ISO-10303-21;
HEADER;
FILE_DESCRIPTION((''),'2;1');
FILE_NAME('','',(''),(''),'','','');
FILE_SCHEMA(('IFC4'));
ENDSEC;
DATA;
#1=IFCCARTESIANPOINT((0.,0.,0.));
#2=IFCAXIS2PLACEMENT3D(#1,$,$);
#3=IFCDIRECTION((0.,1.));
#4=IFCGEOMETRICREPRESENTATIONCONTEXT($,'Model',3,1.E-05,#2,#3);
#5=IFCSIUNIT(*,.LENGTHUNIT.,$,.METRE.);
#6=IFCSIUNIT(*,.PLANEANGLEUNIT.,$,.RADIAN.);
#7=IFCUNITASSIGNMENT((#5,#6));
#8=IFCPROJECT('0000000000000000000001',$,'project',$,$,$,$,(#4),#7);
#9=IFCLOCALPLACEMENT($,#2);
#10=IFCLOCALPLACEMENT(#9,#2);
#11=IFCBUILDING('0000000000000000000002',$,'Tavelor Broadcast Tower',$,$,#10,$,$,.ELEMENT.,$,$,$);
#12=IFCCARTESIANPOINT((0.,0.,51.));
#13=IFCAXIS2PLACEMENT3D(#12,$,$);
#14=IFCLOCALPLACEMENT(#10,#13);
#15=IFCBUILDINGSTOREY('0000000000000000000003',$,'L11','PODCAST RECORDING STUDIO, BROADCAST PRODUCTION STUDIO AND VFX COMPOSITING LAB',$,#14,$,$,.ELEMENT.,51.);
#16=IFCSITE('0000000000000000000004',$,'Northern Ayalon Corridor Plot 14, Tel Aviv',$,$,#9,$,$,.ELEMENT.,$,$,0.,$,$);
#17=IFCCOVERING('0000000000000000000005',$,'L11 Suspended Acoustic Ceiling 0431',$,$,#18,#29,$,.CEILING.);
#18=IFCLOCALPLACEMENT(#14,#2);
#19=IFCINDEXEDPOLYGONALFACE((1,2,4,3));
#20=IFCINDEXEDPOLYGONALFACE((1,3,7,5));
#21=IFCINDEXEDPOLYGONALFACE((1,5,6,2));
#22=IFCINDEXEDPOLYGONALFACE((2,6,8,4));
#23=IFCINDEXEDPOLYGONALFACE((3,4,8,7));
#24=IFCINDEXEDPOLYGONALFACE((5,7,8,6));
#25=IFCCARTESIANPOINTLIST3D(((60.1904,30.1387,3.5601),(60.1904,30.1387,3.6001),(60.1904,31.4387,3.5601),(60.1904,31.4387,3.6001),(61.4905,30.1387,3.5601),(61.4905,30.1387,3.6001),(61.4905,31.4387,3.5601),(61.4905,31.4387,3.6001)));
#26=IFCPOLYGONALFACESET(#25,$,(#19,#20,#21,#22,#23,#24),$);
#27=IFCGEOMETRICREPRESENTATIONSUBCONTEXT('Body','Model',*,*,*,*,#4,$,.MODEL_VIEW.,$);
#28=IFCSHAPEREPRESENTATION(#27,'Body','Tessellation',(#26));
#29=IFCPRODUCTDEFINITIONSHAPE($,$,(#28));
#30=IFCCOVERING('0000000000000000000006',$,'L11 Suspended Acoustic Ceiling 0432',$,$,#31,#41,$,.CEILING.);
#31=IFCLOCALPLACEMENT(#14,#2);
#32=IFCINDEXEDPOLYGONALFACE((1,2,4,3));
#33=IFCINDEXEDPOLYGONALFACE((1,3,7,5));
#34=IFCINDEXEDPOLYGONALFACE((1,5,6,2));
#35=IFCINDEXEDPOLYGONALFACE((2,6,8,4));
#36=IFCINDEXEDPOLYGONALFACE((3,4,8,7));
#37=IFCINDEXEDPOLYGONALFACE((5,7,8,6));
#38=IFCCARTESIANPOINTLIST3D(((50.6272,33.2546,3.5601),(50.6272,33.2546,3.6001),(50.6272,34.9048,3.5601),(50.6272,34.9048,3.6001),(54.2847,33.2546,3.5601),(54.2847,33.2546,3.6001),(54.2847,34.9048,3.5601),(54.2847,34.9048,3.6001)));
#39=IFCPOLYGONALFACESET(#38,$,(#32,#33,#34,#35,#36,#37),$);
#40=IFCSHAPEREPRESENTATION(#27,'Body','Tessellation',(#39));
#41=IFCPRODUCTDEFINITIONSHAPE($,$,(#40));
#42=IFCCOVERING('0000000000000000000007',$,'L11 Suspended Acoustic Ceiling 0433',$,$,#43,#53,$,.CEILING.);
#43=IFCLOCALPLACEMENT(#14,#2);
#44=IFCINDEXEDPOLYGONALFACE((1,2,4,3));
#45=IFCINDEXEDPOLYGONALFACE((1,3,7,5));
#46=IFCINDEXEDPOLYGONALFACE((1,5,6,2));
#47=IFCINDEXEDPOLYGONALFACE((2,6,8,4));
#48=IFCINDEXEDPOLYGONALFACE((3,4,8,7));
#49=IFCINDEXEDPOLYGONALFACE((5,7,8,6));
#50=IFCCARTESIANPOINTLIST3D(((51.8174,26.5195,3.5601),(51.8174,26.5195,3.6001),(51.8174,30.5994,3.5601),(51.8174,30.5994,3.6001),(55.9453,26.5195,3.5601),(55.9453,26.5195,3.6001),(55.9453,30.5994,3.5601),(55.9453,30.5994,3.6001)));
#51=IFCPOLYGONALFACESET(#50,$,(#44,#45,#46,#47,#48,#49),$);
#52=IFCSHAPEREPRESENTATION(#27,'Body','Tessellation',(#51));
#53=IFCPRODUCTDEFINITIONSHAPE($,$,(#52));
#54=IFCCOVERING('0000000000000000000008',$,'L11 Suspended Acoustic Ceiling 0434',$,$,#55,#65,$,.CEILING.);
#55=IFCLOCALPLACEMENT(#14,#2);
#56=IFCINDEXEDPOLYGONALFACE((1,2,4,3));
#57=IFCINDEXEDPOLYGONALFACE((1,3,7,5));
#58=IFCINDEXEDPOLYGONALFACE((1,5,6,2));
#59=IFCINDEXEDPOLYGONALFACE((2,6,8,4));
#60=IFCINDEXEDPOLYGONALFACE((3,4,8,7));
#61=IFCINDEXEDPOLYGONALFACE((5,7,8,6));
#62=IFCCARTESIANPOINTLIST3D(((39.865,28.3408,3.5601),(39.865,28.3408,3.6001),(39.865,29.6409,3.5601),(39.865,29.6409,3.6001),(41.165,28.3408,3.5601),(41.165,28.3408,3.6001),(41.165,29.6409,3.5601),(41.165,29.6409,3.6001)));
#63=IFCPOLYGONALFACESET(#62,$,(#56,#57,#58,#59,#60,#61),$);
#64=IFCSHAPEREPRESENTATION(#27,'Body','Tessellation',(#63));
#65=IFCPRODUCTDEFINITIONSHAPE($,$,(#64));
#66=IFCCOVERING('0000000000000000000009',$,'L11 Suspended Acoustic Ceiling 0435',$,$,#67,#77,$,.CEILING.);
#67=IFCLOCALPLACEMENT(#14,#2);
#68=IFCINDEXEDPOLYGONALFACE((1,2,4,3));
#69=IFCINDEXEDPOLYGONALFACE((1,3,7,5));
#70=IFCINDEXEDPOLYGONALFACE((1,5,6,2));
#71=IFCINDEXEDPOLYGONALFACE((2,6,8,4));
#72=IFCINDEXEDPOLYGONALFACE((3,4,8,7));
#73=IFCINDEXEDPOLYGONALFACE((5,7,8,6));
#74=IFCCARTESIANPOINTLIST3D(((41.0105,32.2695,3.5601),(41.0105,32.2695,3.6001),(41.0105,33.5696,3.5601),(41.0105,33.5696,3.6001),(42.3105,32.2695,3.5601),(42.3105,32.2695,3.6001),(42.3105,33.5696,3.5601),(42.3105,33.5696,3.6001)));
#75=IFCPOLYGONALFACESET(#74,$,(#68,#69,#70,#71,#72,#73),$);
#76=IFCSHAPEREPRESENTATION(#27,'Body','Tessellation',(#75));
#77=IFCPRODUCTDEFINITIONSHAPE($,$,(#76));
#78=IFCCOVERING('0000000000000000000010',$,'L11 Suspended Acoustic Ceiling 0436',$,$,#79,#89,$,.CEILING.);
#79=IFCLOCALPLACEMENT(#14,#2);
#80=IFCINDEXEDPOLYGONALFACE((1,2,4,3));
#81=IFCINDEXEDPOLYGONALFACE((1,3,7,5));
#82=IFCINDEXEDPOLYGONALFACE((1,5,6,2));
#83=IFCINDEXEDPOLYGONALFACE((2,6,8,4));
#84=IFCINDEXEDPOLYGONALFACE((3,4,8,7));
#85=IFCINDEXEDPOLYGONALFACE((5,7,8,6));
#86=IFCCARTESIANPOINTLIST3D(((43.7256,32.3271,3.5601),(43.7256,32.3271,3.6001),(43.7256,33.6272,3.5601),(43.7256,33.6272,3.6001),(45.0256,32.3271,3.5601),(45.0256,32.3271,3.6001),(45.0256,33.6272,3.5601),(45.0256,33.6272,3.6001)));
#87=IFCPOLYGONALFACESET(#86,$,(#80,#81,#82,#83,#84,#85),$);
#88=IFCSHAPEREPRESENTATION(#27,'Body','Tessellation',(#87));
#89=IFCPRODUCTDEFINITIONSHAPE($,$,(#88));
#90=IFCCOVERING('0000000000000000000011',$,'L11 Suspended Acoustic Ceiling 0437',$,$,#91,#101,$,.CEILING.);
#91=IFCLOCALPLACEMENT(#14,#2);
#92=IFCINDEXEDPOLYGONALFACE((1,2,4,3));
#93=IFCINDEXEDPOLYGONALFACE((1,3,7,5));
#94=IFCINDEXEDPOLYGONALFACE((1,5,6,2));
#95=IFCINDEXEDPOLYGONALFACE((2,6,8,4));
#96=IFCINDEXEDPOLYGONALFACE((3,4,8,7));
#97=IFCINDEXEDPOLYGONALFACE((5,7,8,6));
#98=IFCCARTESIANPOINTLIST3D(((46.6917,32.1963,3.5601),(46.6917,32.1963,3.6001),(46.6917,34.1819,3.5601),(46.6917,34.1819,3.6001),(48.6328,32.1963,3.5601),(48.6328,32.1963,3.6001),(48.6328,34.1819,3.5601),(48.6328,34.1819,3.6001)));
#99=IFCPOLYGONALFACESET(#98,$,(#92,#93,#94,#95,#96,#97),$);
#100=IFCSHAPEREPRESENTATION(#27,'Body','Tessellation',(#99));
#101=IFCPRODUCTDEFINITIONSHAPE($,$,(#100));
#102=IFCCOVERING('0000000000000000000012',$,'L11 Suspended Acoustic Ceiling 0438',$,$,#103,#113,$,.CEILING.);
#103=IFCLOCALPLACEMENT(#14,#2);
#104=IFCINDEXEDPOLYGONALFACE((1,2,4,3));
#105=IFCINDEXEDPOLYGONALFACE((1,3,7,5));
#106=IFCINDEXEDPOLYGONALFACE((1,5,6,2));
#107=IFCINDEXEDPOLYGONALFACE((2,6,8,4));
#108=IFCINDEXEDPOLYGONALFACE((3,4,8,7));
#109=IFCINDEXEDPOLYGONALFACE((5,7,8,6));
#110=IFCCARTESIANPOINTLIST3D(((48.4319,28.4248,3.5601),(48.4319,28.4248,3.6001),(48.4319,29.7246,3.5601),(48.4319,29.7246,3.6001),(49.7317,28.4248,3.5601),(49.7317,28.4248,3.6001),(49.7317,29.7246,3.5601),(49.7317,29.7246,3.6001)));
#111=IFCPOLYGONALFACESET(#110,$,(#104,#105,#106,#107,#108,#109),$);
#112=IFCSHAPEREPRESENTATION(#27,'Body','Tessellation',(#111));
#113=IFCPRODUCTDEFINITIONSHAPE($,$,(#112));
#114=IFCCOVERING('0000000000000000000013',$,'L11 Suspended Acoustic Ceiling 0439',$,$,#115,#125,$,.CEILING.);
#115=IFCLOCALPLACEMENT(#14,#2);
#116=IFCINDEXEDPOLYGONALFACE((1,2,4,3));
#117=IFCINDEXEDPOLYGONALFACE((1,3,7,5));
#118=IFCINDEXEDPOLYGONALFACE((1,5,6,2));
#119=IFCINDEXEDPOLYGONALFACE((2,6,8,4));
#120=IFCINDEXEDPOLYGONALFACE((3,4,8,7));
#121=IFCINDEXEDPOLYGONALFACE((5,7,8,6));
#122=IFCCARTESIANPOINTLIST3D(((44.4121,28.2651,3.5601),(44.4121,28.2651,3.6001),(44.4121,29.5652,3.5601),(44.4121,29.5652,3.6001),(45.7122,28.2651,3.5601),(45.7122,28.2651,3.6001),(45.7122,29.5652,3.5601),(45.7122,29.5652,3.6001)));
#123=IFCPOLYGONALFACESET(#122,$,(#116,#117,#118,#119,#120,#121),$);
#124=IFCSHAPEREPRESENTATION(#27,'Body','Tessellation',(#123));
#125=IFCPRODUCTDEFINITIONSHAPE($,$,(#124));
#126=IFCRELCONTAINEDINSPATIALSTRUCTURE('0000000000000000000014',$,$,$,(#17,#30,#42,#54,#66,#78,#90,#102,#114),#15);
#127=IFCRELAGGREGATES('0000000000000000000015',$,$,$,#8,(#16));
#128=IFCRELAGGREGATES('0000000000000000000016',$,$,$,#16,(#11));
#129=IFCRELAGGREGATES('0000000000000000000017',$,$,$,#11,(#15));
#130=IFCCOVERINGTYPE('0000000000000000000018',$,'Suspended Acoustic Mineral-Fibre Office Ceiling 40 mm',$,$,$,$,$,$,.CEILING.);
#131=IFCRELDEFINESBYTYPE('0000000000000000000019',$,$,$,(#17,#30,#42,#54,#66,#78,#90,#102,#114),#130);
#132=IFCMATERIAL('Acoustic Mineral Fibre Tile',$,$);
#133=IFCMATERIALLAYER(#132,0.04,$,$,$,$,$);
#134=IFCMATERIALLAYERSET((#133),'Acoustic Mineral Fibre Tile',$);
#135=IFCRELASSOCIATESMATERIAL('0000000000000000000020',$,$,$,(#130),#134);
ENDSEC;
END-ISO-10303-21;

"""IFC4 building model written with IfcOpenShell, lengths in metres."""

from ifc_helpers import new_model, si_unit, direction, frame, origin, place, context, subcontext, project, spatial, polyline, outline, extrude, material, layer, layer_set, type_object, element, save


model = new_model("IFC4")

# Units and contexts
model_context = context("Model", 3, precision=1e-05, world=origin(), true_north=direction((0.0, 1.0)))
body_context = subcontext(model_context, "Body", "Model", "MODEL_VIEW")
ifc_project = project(units=[si_unit("LENGTHUNIT", "METRE"), si_unit("PLANEANGLEUNIT", "RADIAN")], contexts=[model_context])

# Site, building, storey
site_placement = place(None, origin())
site = spatial("IfcSite", under=ifc_project, at=site_placement, Name="Northern Ayalon Corridor Plot 14, Tel Aviv", CompositionType="ELEMENT", RefElevation=0.0)
building_placement = place(site_placement, origin())
building = spatial("IfcBuilding", under=site, at=building_placement, Name="Tavelor Broadcast Tower", CompositionType="ELEMENT")
storey_placement = place(building_placement, frame((0.0, 0.0, 51.0)))
storey = spatial("IfcBuildingStorey", under=building, at=storey_placement, Name="L11", Description="PODCAST RECORDING STUDIO, BROADCAST PRODUCTION STUDIO AND VFX COMPOSITING LAB", CompositionType="ELEMENT", Elevation=51.0)

# Coverings
ifc_material_1 = material(Name="Acoustic Mineral Fibre Tile")
ifc_layer_1 = layer(ifc_material_1, 0.04)
ifc_layer_set_1 = layer_set([ifc_layer_1], Name="Acoustic Mineral Fibre Tile")
covering_type_1 = type_object("IfcCoveringType", Name="Suspended Acoustic Mineral-Fibre Office Ceiling 40 mm", PredefinedType="CEILING", material=ifc_layer_set_1)
covering_1_placement = place(storey_placement, frame((0.0, 0.0, 3.5601)))
element("IfcCovering", 1, at=covering_1_placement, inside=storey, type_object=covering_type_1, Name="L11 Suspended Acoustic Ceiling 0431", PredefinedType="CEILING", context=body_context, shape_type="SweptSolid", body=[
    extrude(outline(polyline([(60.1904, 30.1387), (61.4905, 30.1387), (61.4905, 31.4387), (60.1904, 31.4387), (60.1904, 30.1387)])), origin(), (0.0, 0.0, 1.0), 0.04),
])
covering_2_placement = place(storey_placement, frame((0.0, 0.0, 3.5601)))
element("IfcCovering", 2, at=covering_2_placement, inside=storey, type_object=covering_type_1, Name="L11 Suspended Acoustic Ceiling 0432", PredefinedType="CEILING", context=body_context, shape_type="SweptSolid", body=[
    extrude(outline(polyline([(50.6272, 33.2546), (54.2847, 33.2546), (54.2847, 34.9048), (50.6272, 34.9048), (50.6272, 33.2546)])), origin(), (0.0, 0.0, 1.0), 0.04),
])
covering_3_placement = place(storey_placement, frame((0.0, 0.0, 3.5601)))
element("IfcCovering", 3, at=covering_3_placement, inside=storey, type_object=covering_type_1, Name="L11 Suspended Acoustic Ceiling 0433", PredefinedType="CEILING", context=body_context, shape_type="SweptSolid", body=[
    extrude(outline(polyline([(51.8174, 26.5195), (55.9453, 26.5195), (55.9453, 30.5994), (51.8174, 30.5994), (51.8174, 26.5195)])), origin(), (0.0, 0.0, 1.0), 0.04),
])
covering_4_placement = place(storey_placement, frame((0.0, 0.0, 3.5601)))
element("IfcCovering", 4, at=covering_4_placement, inside=storey, type_object=covering_type_1, Name="L11 Suspended Acoustic Ceiling 0434", PredefinedType="CEILING", context=body_context, shape_type="SweptSolid", body=[
    extrude(outline(polyline([(39.865, 28.3408), (41.165, 28.3408), (41.165, 29.6409), (39.865, 29.6409), (39.865, 28.3408)])), origin(), (0.0, 0.0, 1.0), 0.04),
])
covering_5_placement = place(storey_placement, frame((0.0, 0.0, 3.5601)))
element("IfcCovering", 5, at=covering_5_placement, inside=storey, type_object=covering_type_1, Name="L11 Suspended Acoustic Ceiling 0435", PredefinedType="CEILING", context=body_context, shape_type="SweptSolid", body=[
    extrude(outline(polyline([(41.0105, 32.2695), (42.3105, 32.2695), (42.3105, 33.5696), (41.0105, 33.5696), (41.0105, 32.2695)])), origin(), (0.0, 0.0, 1.0), 0.04),
])
covering_6_placement = place(storey_placement, frame((0.0, 0.0, 3.5601)))
element("IfcCovering", 6, at=covering_6_placement, inside=storey, type_object=covering_type_1, Name="L11 Suspended Acoustic Ceiling 0436", PredefinedType="CEILING", context=body_context, shape_type="SweptSolid", body=[
    extrude(outline(polyline([(43.7256, 32.3271), (45.0256, 32.3271), (45.0256, 33.6272), (43.7256, 33.6272), (43.7256, 32.3271)])), origin(), (0.0, 0.0, 1.0), 0.04),
])
covering_7_placement = place(storey_placement, frame((0.0, 0.0, 3.5601)))
element("IfcCovering", 7, at=covering_7_placement, inside=storey, type_object=covering_type_1, Name="L11 Suspended Acoustic Ceiling 0437", PredefinedType="CEILING", context=body_context, shape_type="SweptSolid", body=[
    extrude(outline(polyline([(46.6917, 32.1963), (48.6328, 32.1963), (48.6328, 34.1819), (46.6917, 34.1819), (46.6917, 32.1963)])), origin(), (0.0, 0.0, 1.0), 0.04),
])
covering_8_placement = place(storey_placement, frame((0.0, 0.0, 3.5601)))
element("IfcCovering", 8, at=covering_8_placement, inside=storey, type_object=covering_type_1, Name="L11 Suspended Acoustic Ceiling 0438", PredefinedType="CEILING", context=body_context, shape_type="SweptSolid", body=[
    extrude(outline(polyline([(48.4319, 28.4248), (49.7317, 28.4248), (49.7317, 29.7246), (48.4319, 29.7246), (48.4319, 28.4248)])), origin(), (0.0, 0.0, 1.0), 0.04),
])
covering_9_placement = place(storey_placement, frame((0.0, 0.0, 3.5601)))
element("IfcCovering", 9, at=covering_9_placement, inside=storey, type_object=covering_type_1, Name="L11 Suspended Acoustic Ceiling 0439", PredefinedType="CEILING", context=body_context, shape_type="SweptSolid", body=[
    extrude(outline(polyline([(44.4121, 28.2651), (45.7122, 28.2651), (45.7122, 29.5652), (44.4121, 29.5652), (44.4121, 28.2651)])), origin(), (0.0, 0.0, 1.0), 0.04),
])

save(model, "model.ifc")
